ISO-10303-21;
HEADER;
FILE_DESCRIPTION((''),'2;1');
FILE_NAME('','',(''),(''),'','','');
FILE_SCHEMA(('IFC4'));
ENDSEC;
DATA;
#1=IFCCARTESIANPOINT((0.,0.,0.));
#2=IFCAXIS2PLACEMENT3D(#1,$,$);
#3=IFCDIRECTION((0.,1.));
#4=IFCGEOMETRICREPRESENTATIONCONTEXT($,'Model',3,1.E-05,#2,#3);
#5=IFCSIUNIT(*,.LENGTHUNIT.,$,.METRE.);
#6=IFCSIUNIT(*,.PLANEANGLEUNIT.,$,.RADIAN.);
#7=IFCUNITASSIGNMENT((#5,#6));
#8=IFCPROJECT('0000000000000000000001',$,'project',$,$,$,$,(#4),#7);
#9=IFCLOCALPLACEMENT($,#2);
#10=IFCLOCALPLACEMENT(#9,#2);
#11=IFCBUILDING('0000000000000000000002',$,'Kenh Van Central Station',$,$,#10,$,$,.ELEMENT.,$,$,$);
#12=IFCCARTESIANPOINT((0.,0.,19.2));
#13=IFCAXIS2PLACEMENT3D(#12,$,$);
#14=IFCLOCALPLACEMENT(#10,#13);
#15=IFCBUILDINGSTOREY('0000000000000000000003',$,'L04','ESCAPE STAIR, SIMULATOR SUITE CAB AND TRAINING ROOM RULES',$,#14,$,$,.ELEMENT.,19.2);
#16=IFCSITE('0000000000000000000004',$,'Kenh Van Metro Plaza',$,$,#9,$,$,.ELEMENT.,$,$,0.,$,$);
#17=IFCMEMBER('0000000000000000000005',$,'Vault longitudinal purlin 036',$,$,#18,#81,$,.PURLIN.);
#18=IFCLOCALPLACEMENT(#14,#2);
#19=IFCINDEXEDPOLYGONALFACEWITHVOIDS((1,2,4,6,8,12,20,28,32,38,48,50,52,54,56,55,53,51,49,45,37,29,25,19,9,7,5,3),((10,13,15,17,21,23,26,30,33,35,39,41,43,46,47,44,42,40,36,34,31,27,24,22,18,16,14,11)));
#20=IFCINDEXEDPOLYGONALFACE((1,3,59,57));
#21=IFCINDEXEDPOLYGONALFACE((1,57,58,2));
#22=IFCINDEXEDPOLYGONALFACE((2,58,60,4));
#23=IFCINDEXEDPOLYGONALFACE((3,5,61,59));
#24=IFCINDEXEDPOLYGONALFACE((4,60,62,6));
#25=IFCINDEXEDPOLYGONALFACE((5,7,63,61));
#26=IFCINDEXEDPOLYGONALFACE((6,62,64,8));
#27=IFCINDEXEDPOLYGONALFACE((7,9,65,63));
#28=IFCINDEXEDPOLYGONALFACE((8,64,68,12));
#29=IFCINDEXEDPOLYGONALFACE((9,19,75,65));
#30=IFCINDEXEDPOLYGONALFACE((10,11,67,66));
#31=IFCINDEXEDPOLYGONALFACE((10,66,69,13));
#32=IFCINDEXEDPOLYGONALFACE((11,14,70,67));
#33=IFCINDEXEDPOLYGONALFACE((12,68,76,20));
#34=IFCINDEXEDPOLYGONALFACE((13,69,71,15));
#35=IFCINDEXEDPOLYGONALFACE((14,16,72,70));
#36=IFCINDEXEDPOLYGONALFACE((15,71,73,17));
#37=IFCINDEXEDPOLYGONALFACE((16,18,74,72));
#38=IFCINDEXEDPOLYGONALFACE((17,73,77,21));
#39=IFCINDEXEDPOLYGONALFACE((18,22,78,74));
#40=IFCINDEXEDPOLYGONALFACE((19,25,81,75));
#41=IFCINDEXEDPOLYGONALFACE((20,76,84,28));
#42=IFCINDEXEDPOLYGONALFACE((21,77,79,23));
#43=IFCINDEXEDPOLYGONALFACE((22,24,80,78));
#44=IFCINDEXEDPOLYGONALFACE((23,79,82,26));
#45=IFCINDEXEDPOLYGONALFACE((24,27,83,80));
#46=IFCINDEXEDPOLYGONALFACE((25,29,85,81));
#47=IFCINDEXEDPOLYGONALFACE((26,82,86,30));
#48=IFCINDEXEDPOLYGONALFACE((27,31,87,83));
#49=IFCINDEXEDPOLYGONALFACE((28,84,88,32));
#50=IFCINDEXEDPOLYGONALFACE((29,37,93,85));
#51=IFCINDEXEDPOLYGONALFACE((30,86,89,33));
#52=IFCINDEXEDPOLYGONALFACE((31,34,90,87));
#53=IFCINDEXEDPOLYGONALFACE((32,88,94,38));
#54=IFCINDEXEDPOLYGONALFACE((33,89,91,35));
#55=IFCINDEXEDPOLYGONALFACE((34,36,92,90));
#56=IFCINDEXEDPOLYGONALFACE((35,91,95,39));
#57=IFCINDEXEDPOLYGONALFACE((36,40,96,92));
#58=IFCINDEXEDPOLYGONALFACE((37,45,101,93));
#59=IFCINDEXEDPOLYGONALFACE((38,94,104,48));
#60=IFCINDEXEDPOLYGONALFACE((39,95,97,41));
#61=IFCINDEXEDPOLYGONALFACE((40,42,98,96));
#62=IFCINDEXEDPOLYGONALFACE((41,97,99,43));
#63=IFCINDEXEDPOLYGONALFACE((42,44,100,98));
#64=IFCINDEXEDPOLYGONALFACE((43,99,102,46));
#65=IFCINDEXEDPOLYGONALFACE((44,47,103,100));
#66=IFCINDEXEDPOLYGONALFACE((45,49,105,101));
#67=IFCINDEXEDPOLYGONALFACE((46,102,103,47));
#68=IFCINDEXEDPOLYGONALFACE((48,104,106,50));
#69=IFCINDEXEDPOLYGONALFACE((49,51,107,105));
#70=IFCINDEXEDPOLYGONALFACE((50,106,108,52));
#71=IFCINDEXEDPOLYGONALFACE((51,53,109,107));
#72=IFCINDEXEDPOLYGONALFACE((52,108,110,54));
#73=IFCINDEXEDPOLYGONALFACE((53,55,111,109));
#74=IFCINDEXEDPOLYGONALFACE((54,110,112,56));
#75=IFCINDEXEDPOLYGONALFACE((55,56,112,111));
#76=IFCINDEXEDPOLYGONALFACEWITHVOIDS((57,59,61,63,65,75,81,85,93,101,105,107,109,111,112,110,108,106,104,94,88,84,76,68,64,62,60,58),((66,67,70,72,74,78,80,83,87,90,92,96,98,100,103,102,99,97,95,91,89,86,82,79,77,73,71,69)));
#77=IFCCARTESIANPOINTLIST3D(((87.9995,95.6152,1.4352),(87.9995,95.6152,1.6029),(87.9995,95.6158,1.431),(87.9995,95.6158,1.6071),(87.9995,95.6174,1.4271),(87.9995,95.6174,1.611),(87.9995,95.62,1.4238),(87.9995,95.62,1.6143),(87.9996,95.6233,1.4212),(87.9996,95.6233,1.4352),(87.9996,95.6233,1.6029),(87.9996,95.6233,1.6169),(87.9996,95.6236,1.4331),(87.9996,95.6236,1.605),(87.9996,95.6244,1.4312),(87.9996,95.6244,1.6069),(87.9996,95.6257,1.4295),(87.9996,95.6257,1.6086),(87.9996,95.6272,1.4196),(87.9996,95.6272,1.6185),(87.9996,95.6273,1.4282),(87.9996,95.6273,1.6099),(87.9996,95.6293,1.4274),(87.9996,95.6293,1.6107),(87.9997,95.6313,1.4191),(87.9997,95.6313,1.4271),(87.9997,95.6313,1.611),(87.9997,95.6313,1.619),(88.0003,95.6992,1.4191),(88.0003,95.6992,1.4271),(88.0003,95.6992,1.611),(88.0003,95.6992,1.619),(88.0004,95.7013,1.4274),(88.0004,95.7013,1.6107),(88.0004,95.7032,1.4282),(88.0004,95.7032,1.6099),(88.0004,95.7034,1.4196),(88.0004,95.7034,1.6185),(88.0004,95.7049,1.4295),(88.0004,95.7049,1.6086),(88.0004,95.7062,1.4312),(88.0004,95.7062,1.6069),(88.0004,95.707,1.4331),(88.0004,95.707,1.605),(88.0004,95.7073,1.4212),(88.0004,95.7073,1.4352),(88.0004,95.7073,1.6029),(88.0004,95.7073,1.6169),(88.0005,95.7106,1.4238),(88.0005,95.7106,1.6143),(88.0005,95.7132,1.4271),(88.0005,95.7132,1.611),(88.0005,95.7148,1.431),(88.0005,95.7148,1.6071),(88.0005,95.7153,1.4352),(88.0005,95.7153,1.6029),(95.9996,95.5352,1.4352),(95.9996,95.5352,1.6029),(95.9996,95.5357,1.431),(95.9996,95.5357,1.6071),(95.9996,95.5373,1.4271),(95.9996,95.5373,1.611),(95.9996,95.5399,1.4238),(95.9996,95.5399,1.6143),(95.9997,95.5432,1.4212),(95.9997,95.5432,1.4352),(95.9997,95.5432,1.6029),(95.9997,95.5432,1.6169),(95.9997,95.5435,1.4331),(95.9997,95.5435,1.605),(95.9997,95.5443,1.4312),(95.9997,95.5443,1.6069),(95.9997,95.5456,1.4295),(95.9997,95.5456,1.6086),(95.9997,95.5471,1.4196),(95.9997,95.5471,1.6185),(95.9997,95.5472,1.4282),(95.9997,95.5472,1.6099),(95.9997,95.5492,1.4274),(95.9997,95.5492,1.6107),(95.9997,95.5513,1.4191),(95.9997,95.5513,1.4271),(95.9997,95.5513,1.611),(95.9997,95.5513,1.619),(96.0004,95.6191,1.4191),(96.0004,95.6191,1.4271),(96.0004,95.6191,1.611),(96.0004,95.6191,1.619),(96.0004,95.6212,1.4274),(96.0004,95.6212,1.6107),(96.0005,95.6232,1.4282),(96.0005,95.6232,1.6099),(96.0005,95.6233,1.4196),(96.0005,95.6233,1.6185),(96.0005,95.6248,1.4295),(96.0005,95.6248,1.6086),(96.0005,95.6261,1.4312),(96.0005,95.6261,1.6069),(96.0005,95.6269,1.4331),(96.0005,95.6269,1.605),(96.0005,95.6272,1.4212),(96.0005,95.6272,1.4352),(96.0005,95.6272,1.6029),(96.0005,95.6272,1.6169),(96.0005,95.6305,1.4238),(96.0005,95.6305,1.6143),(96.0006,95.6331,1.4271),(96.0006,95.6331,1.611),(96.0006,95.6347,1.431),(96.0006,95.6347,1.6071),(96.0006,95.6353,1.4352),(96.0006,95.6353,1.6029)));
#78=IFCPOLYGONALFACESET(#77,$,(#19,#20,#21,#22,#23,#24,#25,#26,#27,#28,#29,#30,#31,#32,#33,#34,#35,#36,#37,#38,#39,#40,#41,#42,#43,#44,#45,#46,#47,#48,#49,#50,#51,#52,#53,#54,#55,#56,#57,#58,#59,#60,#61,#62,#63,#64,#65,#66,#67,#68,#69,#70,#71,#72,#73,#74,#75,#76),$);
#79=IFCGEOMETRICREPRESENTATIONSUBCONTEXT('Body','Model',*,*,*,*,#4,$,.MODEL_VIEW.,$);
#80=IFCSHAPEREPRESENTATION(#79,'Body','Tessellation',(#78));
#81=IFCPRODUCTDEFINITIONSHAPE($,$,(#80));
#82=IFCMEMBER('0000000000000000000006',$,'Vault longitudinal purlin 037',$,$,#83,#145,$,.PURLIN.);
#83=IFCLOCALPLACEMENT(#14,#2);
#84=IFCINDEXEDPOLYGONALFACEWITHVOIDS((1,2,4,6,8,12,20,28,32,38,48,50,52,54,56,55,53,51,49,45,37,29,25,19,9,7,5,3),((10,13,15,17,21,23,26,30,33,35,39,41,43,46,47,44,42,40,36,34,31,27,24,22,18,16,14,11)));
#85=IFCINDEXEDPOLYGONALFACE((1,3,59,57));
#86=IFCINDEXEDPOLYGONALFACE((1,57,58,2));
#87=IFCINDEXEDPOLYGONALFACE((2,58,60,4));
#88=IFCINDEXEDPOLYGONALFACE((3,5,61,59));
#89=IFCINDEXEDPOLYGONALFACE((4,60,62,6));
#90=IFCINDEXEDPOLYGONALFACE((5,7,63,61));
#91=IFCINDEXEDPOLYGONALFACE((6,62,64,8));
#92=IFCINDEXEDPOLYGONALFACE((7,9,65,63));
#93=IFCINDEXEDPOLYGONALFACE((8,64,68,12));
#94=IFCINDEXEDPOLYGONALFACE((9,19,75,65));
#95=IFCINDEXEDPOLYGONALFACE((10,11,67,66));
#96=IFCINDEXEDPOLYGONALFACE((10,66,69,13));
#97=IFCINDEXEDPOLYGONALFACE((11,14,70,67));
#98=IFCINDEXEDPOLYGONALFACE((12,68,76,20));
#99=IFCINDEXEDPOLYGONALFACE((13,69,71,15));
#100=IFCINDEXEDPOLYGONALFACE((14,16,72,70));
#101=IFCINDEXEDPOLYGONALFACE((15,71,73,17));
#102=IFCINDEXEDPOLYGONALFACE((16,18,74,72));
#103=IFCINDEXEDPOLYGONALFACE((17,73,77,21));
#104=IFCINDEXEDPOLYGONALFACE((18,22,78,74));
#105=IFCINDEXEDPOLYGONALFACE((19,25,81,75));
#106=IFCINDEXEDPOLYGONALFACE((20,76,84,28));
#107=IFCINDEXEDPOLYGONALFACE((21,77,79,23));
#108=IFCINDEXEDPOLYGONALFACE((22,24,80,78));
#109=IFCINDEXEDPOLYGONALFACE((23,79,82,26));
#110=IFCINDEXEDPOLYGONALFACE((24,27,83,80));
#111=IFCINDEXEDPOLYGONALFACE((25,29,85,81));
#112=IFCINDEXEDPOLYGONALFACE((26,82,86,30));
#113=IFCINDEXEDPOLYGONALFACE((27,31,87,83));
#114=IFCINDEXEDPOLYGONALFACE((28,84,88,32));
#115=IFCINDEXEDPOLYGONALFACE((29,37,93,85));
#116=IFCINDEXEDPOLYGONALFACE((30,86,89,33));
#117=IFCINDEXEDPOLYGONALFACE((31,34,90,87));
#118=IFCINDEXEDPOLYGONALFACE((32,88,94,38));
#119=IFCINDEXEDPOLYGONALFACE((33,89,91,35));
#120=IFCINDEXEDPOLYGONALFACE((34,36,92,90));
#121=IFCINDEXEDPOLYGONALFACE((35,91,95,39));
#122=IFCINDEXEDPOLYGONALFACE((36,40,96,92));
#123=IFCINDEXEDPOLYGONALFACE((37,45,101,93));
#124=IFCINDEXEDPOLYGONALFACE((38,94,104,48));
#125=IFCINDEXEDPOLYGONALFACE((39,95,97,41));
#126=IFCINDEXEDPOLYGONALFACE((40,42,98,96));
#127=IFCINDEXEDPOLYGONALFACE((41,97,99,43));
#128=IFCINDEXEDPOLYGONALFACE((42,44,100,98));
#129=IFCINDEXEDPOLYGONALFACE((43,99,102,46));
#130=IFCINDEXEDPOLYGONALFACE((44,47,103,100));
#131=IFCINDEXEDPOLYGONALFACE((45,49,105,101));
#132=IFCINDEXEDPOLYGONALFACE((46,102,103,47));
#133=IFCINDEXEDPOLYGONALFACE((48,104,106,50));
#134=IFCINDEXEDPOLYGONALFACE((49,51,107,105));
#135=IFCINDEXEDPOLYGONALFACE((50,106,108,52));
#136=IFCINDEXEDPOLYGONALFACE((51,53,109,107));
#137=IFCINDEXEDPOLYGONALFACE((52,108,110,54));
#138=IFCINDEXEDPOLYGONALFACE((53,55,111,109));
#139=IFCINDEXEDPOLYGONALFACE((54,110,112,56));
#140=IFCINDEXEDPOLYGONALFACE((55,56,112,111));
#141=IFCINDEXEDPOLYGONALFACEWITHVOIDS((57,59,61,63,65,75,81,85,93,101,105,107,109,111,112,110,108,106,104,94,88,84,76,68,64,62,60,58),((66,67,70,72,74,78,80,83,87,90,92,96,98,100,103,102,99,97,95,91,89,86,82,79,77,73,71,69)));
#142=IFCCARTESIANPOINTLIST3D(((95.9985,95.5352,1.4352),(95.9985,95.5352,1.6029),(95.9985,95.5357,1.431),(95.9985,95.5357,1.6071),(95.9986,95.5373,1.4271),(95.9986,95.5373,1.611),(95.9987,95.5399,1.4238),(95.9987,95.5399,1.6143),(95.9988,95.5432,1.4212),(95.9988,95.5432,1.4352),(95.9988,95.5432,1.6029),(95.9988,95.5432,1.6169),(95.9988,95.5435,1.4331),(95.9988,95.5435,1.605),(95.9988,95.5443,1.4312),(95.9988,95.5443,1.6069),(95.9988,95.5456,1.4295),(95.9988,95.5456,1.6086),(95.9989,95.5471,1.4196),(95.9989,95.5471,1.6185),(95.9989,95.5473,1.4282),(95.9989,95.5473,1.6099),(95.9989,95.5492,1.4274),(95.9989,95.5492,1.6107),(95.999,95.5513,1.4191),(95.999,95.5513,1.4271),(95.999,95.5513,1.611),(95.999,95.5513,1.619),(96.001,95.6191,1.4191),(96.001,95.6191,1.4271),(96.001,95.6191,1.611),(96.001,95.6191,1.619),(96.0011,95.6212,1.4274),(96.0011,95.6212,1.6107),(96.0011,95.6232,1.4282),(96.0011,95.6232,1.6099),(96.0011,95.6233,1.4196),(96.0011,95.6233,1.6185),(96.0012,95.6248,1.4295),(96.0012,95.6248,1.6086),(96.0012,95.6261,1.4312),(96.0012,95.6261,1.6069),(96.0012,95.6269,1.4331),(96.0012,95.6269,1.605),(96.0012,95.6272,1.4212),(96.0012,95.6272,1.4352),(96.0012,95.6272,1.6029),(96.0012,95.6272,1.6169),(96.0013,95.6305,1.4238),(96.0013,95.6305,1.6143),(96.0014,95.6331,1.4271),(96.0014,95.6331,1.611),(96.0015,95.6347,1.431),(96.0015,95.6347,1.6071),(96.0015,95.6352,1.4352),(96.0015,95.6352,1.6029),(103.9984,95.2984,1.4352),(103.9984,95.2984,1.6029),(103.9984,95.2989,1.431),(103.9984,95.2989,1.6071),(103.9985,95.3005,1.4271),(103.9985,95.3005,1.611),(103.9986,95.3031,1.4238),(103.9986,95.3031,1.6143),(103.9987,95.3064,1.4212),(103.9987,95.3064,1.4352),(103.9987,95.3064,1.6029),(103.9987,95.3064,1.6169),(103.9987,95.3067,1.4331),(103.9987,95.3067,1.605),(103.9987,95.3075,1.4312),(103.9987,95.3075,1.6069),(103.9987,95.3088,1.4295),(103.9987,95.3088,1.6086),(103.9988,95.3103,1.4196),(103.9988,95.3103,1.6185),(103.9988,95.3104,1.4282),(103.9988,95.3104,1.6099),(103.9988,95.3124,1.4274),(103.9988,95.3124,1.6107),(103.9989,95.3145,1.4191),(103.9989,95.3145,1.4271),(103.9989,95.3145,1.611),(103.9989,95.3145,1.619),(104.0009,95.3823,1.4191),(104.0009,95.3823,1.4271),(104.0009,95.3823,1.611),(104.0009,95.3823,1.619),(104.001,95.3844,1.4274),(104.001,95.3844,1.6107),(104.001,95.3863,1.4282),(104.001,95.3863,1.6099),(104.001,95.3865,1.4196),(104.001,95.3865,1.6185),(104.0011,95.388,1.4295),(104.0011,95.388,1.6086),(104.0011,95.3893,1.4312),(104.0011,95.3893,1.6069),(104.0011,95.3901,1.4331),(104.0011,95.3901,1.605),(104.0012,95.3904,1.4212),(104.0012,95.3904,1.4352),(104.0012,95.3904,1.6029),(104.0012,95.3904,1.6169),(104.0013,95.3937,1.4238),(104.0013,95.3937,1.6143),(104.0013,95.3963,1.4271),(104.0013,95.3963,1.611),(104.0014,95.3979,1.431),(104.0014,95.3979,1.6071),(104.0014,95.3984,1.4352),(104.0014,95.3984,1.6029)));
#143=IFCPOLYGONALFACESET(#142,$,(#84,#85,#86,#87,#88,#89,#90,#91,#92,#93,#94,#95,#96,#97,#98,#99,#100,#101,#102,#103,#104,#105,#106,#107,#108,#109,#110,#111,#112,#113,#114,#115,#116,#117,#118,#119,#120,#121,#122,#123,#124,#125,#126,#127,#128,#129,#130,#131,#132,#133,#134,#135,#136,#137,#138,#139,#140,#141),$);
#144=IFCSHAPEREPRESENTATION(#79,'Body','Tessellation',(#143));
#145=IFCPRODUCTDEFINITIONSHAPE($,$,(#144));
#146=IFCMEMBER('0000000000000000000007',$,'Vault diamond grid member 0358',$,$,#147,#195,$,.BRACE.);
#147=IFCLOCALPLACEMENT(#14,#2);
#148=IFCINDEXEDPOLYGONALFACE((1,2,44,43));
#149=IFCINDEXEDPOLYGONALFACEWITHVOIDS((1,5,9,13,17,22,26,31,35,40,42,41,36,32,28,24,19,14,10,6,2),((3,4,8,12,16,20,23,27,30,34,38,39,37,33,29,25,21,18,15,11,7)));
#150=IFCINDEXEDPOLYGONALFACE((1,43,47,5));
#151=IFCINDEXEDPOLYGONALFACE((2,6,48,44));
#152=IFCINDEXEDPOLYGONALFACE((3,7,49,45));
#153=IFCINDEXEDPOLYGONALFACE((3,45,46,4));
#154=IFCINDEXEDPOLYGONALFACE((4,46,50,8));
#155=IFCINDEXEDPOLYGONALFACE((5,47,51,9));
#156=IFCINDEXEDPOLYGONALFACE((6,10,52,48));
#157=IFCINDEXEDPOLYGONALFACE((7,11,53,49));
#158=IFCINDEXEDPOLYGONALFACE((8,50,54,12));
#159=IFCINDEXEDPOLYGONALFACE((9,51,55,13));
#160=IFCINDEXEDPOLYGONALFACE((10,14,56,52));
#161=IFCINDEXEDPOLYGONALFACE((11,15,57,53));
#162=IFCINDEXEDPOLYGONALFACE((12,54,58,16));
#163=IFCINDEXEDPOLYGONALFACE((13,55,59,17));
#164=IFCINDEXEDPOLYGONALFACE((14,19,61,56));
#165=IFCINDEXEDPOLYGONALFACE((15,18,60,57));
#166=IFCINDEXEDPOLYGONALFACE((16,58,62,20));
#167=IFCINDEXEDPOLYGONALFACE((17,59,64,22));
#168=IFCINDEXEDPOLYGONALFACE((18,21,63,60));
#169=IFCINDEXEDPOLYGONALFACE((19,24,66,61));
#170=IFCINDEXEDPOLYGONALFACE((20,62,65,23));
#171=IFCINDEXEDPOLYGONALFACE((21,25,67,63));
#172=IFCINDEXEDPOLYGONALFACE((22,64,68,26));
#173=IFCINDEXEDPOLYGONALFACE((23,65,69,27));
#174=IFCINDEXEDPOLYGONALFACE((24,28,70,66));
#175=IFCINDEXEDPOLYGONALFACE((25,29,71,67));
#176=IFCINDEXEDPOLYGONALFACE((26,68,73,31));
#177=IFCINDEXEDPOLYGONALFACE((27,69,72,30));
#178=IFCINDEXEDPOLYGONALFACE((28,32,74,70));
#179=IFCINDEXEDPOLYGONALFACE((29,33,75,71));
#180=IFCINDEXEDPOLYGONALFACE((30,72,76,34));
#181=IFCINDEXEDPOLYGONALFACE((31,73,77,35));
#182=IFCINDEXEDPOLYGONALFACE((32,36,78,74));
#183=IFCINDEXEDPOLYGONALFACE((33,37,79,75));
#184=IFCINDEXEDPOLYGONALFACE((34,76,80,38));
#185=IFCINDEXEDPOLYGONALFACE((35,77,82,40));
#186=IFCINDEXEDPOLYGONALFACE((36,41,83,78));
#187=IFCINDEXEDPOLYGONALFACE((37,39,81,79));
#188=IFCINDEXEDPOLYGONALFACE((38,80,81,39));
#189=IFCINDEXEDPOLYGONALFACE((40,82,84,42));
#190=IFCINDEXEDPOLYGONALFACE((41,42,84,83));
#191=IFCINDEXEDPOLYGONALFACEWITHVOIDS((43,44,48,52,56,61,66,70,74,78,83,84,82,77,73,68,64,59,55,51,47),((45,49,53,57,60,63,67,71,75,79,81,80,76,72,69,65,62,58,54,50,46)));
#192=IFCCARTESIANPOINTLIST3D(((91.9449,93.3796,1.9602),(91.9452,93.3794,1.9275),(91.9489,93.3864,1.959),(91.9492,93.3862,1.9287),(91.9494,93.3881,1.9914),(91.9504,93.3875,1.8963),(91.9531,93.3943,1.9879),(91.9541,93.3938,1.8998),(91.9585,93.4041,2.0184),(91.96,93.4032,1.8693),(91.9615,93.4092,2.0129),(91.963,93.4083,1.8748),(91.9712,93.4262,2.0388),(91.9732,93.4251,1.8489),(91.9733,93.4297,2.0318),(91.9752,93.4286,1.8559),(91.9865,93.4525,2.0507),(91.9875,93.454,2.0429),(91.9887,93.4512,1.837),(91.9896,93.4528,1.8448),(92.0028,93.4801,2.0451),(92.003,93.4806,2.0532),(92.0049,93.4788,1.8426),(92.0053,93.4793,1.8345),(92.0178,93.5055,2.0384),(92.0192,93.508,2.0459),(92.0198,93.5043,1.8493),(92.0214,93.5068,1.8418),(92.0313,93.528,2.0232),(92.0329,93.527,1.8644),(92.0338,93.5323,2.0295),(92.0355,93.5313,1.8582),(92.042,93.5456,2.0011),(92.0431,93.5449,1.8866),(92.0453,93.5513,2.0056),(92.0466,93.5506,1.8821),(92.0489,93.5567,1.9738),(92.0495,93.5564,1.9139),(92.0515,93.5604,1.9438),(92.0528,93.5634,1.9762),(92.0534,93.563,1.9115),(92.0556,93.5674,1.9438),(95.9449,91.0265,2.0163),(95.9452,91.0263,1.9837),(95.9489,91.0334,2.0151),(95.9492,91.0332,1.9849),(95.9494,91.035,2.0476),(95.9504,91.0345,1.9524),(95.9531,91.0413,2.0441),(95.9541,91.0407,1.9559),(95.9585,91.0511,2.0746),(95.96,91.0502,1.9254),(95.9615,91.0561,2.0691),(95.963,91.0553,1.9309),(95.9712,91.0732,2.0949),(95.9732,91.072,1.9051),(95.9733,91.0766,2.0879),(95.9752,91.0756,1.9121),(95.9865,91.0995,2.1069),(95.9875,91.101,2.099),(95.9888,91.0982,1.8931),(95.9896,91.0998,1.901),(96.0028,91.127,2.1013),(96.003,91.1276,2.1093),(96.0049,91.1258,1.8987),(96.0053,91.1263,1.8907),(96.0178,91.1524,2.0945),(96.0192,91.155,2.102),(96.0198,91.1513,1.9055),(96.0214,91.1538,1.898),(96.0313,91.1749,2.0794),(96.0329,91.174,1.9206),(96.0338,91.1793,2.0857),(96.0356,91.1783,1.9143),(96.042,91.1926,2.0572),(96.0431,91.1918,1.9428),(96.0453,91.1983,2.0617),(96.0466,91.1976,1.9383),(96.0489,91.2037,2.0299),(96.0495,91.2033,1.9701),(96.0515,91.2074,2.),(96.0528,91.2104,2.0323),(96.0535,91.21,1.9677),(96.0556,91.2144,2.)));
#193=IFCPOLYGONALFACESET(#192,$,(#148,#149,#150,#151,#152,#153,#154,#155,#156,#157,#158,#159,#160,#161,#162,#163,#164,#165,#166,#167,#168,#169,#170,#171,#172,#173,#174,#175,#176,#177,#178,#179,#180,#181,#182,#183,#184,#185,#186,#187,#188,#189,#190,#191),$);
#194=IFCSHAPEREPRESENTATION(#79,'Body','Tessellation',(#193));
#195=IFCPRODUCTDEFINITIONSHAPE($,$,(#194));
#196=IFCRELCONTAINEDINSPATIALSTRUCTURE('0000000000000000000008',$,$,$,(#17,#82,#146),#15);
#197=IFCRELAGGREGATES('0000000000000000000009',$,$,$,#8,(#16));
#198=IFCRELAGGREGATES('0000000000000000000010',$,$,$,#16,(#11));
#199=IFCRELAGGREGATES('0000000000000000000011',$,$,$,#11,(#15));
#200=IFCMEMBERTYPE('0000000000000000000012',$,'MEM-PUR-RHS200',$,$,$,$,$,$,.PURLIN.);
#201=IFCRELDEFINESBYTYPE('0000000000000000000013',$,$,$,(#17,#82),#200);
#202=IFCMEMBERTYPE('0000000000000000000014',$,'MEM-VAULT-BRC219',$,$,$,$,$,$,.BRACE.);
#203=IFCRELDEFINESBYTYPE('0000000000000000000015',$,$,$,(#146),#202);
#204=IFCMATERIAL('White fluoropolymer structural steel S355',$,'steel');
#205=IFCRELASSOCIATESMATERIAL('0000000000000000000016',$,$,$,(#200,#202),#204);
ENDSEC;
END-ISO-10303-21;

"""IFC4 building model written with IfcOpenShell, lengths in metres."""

from ifc_helpers import new_model, si_unit, direction, frame, origin, origin_2d, place, context, subcontext, project, spatial, hollow_rectangle, hollow_circle, extrude, material, material_profile, profile_set, type_object, element, save


model = new_model("IFC4")

# Units and contexts
model_context = context("Model", 3, precision=1e-05, world=origin(), true_north=direction((0.0, 1.0)))
body_context = subcontext(model_context, "Body", "Model", "MODEL_VIEW")
ifc_project = project(units=[si_unit("LENGTHUNIT", "METRE"), si_unit("PLANEANGLEUNIT", "RADIAN")], contexts=[model_context])

# Site, building, storey
site_placement = place(None, origin())
site = spatial("IfcSite", under=ifc_project, at=site_placement, Name="Kenh Van Metro Plaza", CompositionType="ELEMENT", RefElevation=0.0)
building_placement = place(site_placement, origin())
building = spatial("IfcBuilding", under=site, at=building_placement, Name="Kenh Van Central Station", CompositionType="ELEMENT")
storey_placement = place(building_placement, frame((0.0, 0.0, 19.2)))
storey = spatial("IfcBuildingStorey", under=building, at=storey_placement, Name="L04", Description="ESCAPE STAIR, SIMULATOR SUITE CAB AND TRAINING ROOM RULES", CompositionType="ELEMENT", Elevation=19.2)

# Shared definitions
ifc_material_1 = material(Name="White fluoropolymer structural steel S355", Category="steel")

# Members
ifc_material_profile_1 = material_profile(ifc_material_1, hollow_rectangle(XDim=0.1001, YDim=0.2, WallThickness=0.0081, InnerFilletRadius=0.0081, OuterFilletRadius=0.0161, at=origin_2d()), Name="RHS 200x100x8")
ifc_profile_set_1 = profile_set([ifc_material_profile_1], Name="White fluoropolymer structural steel S355")
member_type_1 = type_object("IfcMemberType", Name="MEM-PUR-RHS200", PredefinedType="PURLIN", material=ifc_profile_set_1)
member_1_placement = place(storey_placement, frame((88.0, 95.6653, 1.519), z_axis=(0.99995, -0.010009, 0.0), x_axis=(0.010009, 0.99995, 0.0)))
element("IfcMember", 1, at=member_1_placement, inside=storey, type_object=member_type_1, Name="Vault longitudinal purlin 036", PredefinedType="PURLIN", context=body_context, shape_type="SweptSolid", body=[
    extrude(hollow_rectangle(XDim=0.1001, YDim=0.2, WallThickness=0.0081, InnerFilletRadius=0.0081, OuterFilletRadius=0.0161, at=origin_2d()), origin(), (0.0, 0.0, 1.0), 8.0005),
])
member_2_placement = place(storey_placement, frame((96.0, 95.5852, 1.519), z_axis=(0.999562, -0.029589, 0.0), x_axis=(0.029589, 0.999562, 0.0)))
element("IfcMember", 2, at=member_2_placement, inside=storey, type_object=member_type_1, Name="Vault longitudinal purlin 037", PredefinedType="PURLIN", context=body_context, shape_type="SweptSolid", body=[
    extrude(hollow_rectangle(XDim=0.1001, YDim=0.2, WallThickness=0.0081, InnerFilletRadius=0.0081, OuterFilletRadius=0.0161, at=origin_2d()), origin(), (0.0, 0.0, 1.0), 8.0034),
])
ifc_material_profile_2 = material_profile(ifc_material_1, hollow_circle(Radius=0.1096, WallThickness=0.0081, at=origin_2d()), Name="CHS 219.1x8")
ifc_profile_set_2 = profile_set([ifc_material_profile_2], Name="White fluoropolymer structural steel S355")
member_type_2 = type_object("IfcMemberType", Name="MEM-VAULT-BRC219", PredefinedType="BRACE", material=ifc_profile_set_2)
member_3_placement = place(storey_placement, frame((92.0, 93.4729, 1.9438), z_axis=(0.861863, -0.506997, 0.012099), x_axis=(0.507034, 0.861926, 0.0)))
element("IfcMember", 3, at=member_3_placement, inside=storey, type_object=member_type_2, Name="Vault diamond grid member 0358", PredefinedType="BRACE", context=body_context, shape_type="SweptSolid", body=[
    extrude(hollow_circle(Radius=0.1096, WallThickness=0.0081, at=origin_2d()), origin(), (0.0, 0.0, 1.0), 4.6411),
])

save(model, "model.ifc")
